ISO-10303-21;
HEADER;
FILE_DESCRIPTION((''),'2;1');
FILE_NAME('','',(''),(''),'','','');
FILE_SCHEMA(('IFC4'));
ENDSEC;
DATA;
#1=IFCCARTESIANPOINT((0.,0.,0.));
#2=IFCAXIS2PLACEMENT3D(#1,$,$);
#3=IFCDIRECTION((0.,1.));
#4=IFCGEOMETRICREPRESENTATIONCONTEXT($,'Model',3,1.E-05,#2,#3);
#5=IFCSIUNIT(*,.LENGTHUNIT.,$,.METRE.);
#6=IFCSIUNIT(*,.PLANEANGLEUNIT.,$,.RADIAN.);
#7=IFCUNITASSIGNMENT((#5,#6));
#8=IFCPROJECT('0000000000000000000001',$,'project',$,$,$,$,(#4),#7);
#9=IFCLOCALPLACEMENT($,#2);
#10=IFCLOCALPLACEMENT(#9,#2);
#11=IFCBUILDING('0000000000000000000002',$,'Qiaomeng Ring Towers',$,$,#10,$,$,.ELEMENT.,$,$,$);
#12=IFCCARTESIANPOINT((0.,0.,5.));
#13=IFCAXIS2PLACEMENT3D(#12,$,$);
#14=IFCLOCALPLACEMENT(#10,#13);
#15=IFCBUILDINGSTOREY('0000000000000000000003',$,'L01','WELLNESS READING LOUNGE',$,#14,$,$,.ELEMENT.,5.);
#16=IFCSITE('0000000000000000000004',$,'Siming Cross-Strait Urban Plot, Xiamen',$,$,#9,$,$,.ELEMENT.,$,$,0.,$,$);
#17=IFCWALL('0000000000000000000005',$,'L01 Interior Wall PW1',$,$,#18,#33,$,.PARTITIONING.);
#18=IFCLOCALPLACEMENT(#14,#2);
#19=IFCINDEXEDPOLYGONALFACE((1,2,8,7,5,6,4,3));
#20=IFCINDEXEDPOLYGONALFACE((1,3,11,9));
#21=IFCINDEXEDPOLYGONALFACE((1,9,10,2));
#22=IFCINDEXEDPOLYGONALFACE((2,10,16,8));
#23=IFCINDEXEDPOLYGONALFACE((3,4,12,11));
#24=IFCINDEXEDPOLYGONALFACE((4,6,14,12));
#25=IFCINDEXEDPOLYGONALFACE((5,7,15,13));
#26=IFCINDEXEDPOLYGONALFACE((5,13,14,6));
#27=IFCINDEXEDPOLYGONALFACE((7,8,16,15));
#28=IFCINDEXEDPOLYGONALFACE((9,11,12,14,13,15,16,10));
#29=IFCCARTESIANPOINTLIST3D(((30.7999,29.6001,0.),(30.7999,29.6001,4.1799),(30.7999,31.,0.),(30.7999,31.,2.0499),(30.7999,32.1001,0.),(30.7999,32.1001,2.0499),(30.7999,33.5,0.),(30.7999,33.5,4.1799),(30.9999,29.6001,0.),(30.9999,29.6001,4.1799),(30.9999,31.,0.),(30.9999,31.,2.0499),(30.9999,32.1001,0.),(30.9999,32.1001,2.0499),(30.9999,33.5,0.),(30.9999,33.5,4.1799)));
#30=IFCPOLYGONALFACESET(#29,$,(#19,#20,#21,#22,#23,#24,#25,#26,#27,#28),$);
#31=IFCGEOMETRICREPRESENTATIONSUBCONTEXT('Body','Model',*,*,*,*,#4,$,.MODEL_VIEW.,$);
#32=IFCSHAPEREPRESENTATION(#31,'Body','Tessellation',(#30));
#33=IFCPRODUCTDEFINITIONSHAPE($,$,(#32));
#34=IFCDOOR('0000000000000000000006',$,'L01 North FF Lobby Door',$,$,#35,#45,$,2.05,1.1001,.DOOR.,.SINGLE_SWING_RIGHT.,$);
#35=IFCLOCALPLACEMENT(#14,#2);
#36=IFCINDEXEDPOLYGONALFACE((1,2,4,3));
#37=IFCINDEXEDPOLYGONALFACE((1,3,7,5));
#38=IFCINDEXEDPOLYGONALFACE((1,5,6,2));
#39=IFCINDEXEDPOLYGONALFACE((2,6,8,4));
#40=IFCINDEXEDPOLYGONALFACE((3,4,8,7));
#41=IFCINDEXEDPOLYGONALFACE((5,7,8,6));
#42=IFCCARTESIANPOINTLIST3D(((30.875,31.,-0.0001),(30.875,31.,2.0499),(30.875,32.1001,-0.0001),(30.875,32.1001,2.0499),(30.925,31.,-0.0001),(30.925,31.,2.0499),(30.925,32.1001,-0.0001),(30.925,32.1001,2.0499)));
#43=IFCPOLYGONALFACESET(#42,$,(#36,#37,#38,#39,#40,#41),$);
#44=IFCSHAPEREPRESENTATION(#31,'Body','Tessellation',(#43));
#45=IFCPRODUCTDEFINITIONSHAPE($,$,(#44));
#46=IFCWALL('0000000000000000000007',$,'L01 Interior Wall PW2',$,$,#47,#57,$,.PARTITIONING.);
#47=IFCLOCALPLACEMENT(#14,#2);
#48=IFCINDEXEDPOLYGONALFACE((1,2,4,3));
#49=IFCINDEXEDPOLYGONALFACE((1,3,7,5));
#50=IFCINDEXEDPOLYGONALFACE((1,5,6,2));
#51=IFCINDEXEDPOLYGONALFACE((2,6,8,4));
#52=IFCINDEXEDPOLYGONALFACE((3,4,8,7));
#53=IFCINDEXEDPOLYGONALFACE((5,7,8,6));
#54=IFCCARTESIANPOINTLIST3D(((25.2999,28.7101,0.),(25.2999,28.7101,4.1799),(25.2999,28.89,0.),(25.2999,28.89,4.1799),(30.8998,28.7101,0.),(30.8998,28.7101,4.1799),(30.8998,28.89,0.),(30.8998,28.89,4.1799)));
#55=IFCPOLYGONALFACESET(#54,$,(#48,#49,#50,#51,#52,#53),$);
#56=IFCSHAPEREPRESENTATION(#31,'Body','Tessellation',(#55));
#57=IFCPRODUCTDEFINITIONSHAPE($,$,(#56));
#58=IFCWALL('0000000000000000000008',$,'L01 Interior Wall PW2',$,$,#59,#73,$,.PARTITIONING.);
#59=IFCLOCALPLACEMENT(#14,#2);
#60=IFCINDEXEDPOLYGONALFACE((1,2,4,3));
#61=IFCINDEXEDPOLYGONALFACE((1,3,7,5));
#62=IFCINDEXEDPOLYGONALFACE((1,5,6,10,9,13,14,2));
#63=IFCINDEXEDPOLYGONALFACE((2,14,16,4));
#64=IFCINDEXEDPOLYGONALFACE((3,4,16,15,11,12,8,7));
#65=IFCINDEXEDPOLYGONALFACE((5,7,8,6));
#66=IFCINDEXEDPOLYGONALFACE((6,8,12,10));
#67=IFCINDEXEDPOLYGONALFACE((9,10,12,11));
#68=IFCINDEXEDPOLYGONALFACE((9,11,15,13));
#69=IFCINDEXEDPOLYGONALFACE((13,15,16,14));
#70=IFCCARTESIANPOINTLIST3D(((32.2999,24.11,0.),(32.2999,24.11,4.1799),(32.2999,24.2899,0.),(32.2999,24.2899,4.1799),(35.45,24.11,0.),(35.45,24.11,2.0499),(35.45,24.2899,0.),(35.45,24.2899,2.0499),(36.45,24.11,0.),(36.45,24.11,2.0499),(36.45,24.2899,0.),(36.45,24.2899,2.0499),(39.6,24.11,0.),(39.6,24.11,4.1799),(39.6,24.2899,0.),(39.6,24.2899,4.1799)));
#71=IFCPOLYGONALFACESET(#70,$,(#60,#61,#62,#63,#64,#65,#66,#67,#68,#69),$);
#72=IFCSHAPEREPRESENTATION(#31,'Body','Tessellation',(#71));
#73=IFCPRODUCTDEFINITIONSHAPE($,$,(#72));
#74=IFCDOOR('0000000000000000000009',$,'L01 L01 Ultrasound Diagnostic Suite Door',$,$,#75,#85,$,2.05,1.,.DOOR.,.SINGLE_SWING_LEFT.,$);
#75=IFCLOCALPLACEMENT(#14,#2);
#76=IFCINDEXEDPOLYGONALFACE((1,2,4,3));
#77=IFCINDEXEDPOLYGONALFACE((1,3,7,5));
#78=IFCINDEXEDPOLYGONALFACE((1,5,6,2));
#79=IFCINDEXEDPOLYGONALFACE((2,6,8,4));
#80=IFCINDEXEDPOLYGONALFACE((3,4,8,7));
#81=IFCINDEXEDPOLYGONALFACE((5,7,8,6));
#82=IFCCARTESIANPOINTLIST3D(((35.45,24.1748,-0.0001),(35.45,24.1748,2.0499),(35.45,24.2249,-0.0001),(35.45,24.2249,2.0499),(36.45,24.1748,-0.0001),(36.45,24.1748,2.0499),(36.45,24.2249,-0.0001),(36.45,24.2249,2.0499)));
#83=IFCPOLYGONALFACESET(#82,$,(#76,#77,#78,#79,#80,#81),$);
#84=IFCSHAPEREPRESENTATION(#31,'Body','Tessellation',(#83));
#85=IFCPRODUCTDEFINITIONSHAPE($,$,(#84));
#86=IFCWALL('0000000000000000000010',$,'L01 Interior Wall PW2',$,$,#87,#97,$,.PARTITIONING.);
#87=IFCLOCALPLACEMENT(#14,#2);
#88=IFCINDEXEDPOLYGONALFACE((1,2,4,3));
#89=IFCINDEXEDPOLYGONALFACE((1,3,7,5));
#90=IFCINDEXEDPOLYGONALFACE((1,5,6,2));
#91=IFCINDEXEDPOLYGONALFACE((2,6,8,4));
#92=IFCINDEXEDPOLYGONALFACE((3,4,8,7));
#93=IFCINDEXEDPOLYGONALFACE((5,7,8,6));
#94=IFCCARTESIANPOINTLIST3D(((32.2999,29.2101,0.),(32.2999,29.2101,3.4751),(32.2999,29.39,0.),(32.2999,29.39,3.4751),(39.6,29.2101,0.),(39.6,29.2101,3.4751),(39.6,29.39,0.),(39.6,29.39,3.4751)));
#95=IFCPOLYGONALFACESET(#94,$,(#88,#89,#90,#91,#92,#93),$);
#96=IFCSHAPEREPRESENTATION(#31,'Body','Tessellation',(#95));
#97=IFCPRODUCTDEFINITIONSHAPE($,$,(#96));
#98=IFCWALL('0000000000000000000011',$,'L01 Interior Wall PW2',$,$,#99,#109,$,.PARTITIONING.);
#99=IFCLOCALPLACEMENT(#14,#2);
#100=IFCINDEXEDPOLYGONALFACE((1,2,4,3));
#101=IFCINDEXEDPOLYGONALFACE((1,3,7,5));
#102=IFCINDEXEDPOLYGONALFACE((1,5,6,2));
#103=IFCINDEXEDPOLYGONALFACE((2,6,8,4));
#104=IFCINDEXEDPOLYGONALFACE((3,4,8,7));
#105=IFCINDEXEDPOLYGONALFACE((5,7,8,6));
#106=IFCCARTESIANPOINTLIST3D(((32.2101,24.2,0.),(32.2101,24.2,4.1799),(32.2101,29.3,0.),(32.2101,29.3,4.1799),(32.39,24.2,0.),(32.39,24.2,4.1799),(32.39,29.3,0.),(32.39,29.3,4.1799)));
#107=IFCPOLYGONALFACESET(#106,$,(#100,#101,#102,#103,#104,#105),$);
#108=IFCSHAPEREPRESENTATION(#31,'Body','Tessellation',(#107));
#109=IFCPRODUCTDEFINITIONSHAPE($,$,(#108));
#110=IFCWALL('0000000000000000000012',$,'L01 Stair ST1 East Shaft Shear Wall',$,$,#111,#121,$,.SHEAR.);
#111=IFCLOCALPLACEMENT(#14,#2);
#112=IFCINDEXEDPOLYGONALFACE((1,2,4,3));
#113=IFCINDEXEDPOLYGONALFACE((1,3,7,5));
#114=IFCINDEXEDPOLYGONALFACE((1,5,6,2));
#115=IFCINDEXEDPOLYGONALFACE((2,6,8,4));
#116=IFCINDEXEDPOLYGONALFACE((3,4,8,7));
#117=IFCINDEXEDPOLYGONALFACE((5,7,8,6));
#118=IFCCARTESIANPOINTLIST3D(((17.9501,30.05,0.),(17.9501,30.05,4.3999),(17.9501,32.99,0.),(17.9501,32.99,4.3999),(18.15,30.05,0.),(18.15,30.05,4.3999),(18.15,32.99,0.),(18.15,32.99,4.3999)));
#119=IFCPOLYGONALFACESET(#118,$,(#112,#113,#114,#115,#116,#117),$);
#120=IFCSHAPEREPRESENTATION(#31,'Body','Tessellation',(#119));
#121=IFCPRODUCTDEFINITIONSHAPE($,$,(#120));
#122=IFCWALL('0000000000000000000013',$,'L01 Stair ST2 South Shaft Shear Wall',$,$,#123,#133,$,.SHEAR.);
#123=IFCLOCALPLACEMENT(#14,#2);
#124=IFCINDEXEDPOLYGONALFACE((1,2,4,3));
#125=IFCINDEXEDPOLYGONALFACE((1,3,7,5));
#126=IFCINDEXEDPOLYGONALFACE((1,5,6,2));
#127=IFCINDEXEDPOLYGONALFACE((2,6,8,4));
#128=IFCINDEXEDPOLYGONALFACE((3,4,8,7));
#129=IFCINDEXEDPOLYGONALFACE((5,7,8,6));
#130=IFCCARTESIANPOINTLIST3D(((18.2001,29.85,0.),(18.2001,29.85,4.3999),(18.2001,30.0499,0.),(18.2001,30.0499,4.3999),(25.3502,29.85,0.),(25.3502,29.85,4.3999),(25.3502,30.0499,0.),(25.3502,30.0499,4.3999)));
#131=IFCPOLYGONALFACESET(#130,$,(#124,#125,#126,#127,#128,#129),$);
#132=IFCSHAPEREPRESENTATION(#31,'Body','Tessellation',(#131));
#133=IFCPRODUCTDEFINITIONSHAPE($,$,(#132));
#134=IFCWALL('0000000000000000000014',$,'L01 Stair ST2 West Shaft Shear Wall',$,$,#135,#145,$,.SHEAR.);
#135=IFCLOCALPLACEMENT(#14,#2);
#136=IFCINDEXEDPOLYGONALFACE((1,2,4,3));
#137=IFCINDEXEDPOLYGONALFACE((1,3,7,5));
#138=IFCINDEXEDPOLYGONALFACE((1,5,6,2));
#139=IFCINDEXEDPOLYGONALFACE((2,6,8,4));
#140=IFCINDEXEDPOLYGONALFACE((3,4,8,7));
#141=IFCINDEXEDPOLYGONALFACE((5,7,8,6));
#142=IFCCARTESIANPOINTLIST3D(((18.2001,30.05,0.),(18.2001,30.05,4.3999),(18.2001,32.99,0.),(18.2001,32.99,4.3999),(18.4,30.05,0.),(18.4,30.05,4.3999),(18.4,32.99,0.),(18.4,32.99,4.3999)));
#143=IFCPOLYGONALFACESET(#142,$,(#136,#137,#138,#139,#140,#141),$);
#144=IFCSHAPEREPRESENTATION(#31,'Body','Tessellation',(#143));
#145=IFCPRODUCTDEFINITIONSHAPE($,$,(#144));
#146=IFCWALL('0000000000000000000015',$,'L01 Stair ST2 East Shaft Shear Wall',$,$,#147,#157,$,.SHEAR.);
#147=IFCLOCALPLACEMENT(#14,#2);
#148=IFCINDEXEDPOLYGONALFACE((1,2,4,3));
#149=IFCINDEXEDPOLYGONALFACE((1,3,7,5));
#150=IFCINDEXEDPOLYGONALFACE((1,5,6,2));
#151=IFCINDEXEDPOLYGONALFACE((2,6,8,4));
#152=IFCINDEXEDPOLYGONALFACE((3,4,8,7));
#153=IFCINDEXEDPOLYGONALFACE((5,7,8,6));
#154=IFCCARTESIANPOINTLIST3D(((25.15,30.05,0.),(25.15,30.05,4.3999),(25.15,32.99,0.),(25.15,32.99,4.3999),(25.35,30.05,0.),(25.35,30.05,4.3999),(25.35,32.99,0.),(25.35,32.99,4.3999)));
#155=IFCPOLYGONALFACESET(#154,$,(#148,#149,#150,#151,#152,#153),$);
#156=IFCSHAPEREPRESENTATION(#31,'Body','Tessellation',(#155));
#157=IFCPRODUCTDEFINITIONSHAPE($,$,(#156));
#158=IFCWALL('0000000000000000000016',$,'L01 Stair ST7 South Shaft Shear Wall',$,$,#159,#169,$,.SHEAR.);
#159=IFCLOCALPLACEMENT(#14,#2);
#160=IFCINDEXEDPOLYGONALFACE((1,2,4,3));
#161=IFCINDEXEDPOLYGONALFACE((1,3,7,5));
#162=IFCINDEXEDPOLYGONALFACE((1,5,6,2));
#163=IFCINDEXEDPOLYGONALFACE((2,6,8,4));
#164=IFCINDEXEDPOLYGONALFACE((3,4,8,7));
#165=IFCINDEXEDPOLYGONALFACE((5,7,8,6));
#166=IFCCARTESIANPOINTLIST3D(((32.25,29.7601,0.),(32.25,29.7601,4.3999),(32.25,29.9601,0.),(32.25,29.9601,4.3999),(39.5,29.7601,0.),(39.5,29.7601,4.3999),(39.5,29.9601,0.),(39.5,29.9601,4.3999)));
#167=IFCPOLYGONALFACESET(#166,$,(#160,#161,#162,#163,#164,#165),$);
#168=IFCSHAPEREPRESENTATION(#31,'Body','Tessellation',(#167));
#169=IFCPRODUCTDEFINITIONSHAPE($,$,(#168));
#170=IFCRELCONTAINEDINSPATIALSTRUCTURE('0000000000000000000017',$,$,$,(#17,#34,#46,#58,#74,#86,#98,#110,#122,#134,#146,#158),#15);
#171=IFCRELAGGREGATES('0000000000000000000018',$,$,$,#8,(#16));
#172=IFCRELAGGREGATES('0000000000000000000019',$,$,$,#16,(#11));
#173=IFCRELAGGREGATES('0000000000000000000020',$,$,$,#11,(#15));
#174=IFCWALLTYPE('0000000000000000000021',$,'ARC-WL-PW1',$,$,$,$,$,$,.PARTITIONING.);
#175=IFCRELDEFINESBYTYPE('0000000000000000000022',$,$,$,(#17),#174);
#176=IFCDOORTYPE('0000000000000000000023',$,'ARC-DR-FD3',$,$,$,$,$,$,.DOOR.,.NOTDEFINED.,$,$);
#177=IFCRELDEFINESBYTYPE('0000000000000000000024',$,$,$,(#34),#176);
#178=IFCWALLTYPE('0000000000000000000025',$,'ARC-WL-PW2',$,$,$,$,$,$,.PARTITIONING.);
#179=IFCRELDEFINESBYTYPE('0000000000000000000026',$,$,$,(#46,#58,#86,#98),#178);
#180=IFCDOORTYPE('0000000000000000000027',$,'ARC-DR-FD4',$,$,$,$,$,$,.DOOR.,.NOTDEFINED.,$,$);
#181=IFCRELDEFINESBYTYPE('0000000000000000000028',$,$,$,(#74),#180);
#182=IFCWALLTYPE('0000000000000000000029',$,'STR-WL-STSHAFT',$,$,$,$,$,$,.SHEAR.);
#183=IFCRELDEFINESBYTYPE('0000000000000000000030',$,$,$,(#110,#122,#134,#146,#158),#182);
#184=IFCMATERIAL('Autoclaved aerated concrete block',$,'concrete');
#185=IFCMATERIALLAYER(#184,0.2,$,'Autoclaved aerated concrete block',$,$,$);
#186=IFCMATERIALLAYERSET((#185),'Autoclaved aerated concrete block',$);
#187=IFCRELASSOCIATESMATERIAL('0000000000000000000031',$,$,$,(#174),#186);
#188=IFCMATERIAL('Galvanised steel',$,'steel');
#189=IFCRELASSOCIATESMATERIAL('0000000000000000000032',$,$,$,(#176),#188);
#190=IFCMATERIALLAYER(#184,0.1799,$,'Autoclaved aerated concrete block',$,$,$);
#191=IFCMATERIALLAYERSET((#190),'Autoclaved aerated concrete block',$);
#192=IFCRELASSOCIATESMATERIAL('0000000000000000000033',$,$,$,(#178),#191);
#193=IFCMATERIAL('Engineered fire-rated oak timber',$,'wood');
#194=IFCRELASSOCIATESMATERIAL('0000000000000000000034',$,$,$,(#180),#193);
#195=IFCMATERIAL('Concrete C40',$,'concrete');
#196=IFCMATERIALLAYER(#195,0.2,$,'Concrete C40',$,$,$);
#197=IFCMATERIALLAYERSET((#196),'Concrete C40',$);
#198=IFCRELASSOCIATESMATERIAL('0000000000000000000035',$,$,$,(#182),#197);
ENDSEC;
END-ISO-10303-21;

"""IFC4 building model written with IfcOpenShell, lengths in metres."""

from ifc_helpers import new_model, si_unit, direction, frame, frame_2d, origin, place, context, subcontext, project, spatial, rectangle, extrude, source, transform, mapped, material, layer, layer_set, type_object, element, fill, save


model = new_model("IFC4")

# Units and contexts
model_context = context("Model", 3, precision=1e-05, world=origin(), true_north=direction((0.0, 1.0)))
body_context = subcontext(model_context, "Body", "Model", "MODEL_VIEW")
ifc_project = project(units=[si_unit("LENGTHUNIT", "METRE"), si_unit("PLANEANGLEUNIT", "RADIAN")], contexts=[model_context])

# Site, building, storey
site_placement = place(None, origin())
site = spatial("IfcSite", under=ifc_project, at=site_placement, Name="Siming Cross-Strait Urban Plot, Xiamen", CompositionType="ELEMENT", RefElevation=0.0)
building_placement = place(site_placement, origin())
building = spatial("IfcBuilding", under=site, at=building_placement, Name="Qiaomeng Ring Towers", CompositionType="ELEMENT")
storey_placement = place(building_placement, frame((0.0, 0.0, 5.0)))
storey = spatial("IfcBuildingStorey", under=building, at=storey_placement, Name="L01", Description="WELLNESS READING LOUNGE", CompositionType="ELEMENT", Elevation=5.0)

# Shared definitions
ifc_material_1 = material(Name="Autoclaved aerated concrete block", Category="concrete")
ifc_layer_1 = layer(ifc_material_1, 0.2, Name="Autoclaved aerated concrete block")
ifc_layer_set_1 = layer_set([ifc_layer_1], Name="Autoclaved aerated concrete block")
wall_type_1 = type_object("IfcWallType", Name="ARC-WL-PW1", PredefinedType="PARTITIONING", material=ifc_layer_set_1)

# Wall, opening, door
wall_1_placement = place(storey_placement, frame((30.8999, 29.6001, 0.0), z_axis=(0.0, 0.0, 1.0), x_axis=(0.0, 1.0, 0.0)))
wall_1 = element("IfcWall", 1, at=wall_1_placement, inside=storey, type_object=wall_type_1, Name="L01 Interior Wall PW1", PredefinedType="PARTITIONING", context=body_context, shape_type="SweptSolid", body=[
    extrude(rectangle(XDim=3.8999, YDim=0.2, at=frame_2d((1.95, 0.0))), origin(), (0.0, 0.0, 1.0), 4.1799),
])
opening_1_placement = place(wall_1_placement, frame((1.3999, 0.0, 0.0)))
opening_1 = element("IfcOpeningElement", 2, at=opening_1_placement, cuts=wall_1, PredefinedType="OPENING", context=body_context, shape_type="SweptSolid", body=[
    extrude(rectangle(XDim=1.1001, YDim=2.05, at=frame_2d((0.55, 1.0249))), frame((0.0, 0.1099, 0.0), z_axis=(0.0, -1.0, 0.0), x_axis=(1.0, 0.0, 0.0)), (0.0, 0.0, 1.0), 0.22),
])
ifc_material_2 = material(Name="Galvanised steel", Category="steel")
door_type_1 = type_object("IfcDoorType", Name="ARC-DR-FD3", OperationType="NOTDEFINED", PredefinedType="DOOR", material=ifc_material_2)
shared_shape_1 = source(origin(), body_context, "Body", "SweptSolid", [
    extrude(rectangle(XDim=1.1001, YDim=2.05, at=frame_2d((0.55, 1.0249))), frame((0.0, 0.0249, 0.0), z_axis=(0.0, -1.0, 0.0), x_axis=(1.0, 0.0, 0.0)), (0.0, 0.0, 1.0), 0.05),
])
door_1_placement = place(opening_1_placement, origin())
door_1 = element("IfcDoor", 3, at=door_1_placement, inside=storey, type_object=door_type_1, Name="L01 North FF Lobby Door", OperationType="SINGLE_SWING_RIGHT", OverallHeight=2.05, OverallWidth=1.1001, PredefinedType="DOOR", context=body_context, shape_type="MappedRepresentation", body=[
    mapped(shared_shape_1, transform((0.0, 0.0, 0.0), x_axis=(1.0, 0.0, 0.0), y_axis=(0.0, 1.0, 0.0), z_axis=(0.0, 0.0, 1.0), scale=1.0)),
])
fill(opening_1, door_1)

# Wall
ifc_layer_2 = layer(ifc_material_1, 0.1799, Name="Autoclaved aerated concrete block")
ifc_layer_set_2 = layer_set([ifc_layer_2], Name="Autoclaved aerated concrete block")
wall_type_2 = type_object("IfcWallType", Name="ARC-WL-PW2", PredefinedType="PARTITIONING", material=ifc_layer_set_2)
wall_2_placement = place(storey_placement, frame((25.3, 28.8, 0.0), z_axis=(0.0, 0.0, 1.0), x_axis=(1.0, 0.0, 0.0)))
element("IfcWall", 4, at=wall_2_placement, inside=storey, type_object=wall_type_2, Name="L01 Interior Wall PW2", PredefinedType="PARTITIONING", context=body_context, shape_type="SweptSolid", body=[
    extrude(rectangle(XDim=5.5999, YDim=0.1799, at=frame_2d((2.7998, 0.0))), origin(), (0.0, 0.0, 1.0), 4.1799),
])

# Wall, opening, door
wall_3_placement = place(storey_placement, frame((32.3, 24.2, 0.0), z_axis=(0.0, 0.0, 1.0), x_axis=(1.0, 0.0, 0.0)))
wall_3 = element("IfcWall", 5, at=wall_3_placement, inside=storey, type_object=wall_type_2, Name="L01 Interior Wall PW2", PredefinedType="PARTITIONING", context=body_context, shape_type="SweptSolid", body=[
    extrude(rectangle(XDim=7.3, YDim=0.1799, at=frame_2d((3.6499, 0.0))), origin(), (0.0, 0.0, 1.0), 4.1799),
])
opening_2_placement = place(wall_3_placement, frame((3.1499, 0.0, 0.0)))
opening_2 = element("IfcOpeningElement", 6, at=opening_2_placement, cuts=wall_3, PredefinedType="OPENING", context=body_context, shape_type="SweptSolid", body=[
    extrude(rectangle(XDim=1.0, YDim=2.05, at=frame_2d((0.5, 1.0249))), frame((0.0, 0.0999, 0.0), z_axis=(0.0, -1.0, 0.0), x_axis=(1.0, 0.0, 0.0)), (0.0, 0.0, 1.0), 0.2),
])
ifc_material_3 = material(Name="Engineered fire-rated oak timber", Category="wood")
door_type_2 = type_object("IfcDoorType", Name="ARC-DR-FD4", OperationType="NOTDEFINED", PredefinedType="DOOR", material=ifc_material_3)
shared_shape_2 = source(origin(), body_context, "Body", "SweptSolid", [
    extrude(rectangle(XDim=1.0, YDim=2.05, at=frame_2d((0.5, 1.0249))), frame((0.0, 0.0249, 0.0), z_axis=(0.0, -1.0, 0.0), x_axis=(1.0, 0.0, 0.0)), (0.0, 0.0, 1.0), 0.05),
])
door_2_placement = place(opening_2_placement, origin())
door_2 = element("IfcDoor", 7, at=door_2_placement, inside=storey, type_object=door_type_2, Name="L01 L01 Ultrasound Diagnostic Suite Door", OperationType="SINGLE_SWING_LEFT", OverallHeight=2.05, OverallWidth=1.0, PredefinedType="DOOR", context=body_context, shape_type="MappedRepresentation", body=[
    mapped(shared_shape_2, transform((0.0, 0.0, 0.0), x_axis=(1.0, 0.0, 0.0), y_axis=(0.0, 1.0, 0.0), z_axis=(0.0, 0.0, 1.0), scale=1.0)),
])
fill(opening_2, door_2)

# Walls
wall_4_placement = place(storey_placement, frame((32.3, 29.3, 0.0), z_axis=(0.0, 0.0, 1.0), x_axis=(1.0, 0.0, 0.0)))
element("IfcWall", 8, at=wall_4_placement, inside=storey, type_object=wall_type_2, Name="L01 Interior Wall PW2", PredefinedType="PARTITIONING", context=body_context, shape_type="SweptSolid", body=[
    extrude(rectangle(XDim=7.3, YDim=0.1799, at=frame_2d((3.6499, 0.0))), origin(), (0.0, 0.0, 1.0), 3.4751),
])
wall_5_placement = place(storey_placement, frame((32.3, 24.2, 0.0), z_axis=(0.0, 0.0, 1.0), x_axis=(0.0, 1.0, 0.0)))
element("IfcWall", 9, at=wall_5_placement, inside=storey, type_object=wall_type_2, Name="L01 Interior Wall PW2", PredefinedType="PARTITIONING", context=body_context, shape_type="SweptSolid", body=[
    extrude(rectangle(XDim=5.1001, YDim=0.1799, at=frame_2d((2.55, 0.0))), origin(), (0.0, 0.0, 1.0), 4.1799),
])
ifc_material_4 = material(Name="Concrete C40", Category="concrete")
ifc_layer_3 = layer(ifc_material_4, 0.2, Name="Concrete C40")
ifc_layer_set_3 = layer_set([ifc_layer_3], Name="Concrete C40")
wall_type_3 = type_object("IfcWallType", Name="STR-WL-STSHAFT", PredefinedType="SHEAR", material=ifc_layer_set_3)
wall_6_placement = place(storey_placement, frame((18.05, 30.05, 0.0), z_axis=(0.0, 0.0, 1.0), x_axis=(0.0, 1.0, 0.0)))
element("IfcWall", 10, at=wall_6_placement, inside=storey, type_object=wall_type_3, Name="L01 Stair ST1 East Shaft Shear Wall", PredefinedType="SHEAR", context=body_context, shape_type="SweptSolid", body=[
    extrude(rectangle(XDim=2.9399, YDim=0.2, at=frame_2d((1.47, 0.0))), origin(), (0.0, 0.0, 1.0), 4.3999),
])
wall_7_placement = place(storey_placement, frame((18.2, 29.95, 0.0), z_axis=(0.0, 0.0, 1.0), x_axis=(1.0, 0.0, 0.0)))
element("IfcWall", 11, at=wall_7_placement, inside=storey, type_object=wall_type_3, Name="L01 Stair ST2 South Shaft Shear Wall", PredefinedType="SHEAR", context=body_context, shape_type="SweptSolid", body=[
    extrude(rectangle(XDim=7.1501, YDim=0.2, at=frame_2d((3.5752, 0.0))), origin(), (0.0, 0.0, 1.0), 4.3999),
])
for number, where, z_axis, x_axis, name in (
    (12, (18.3, 30.05, 0.0), (0.0, 0.0, 1.0), (0.0, 1.0, 0.0), "L01 Stair ST2 West Shaft Shear Wall"),
    (13, (25.25, 30.05, 0.0), (0.0, 0.0, 1.0), (0.0, 1.0, 0.0), "L01 Stair ST2 East Shaft Shear Wall"),
):
    element("IfcWall", number, at=place(storey_placement, frame(where, z_axis=z_axis, x_axis=x_axis)), inside=storey, type_object=wall_type_3, Name=name, PredefinedType="SHEAR", context=body_context, shape_type="SweptSolid", body=[
        extrude(rectangle(XDim=2.9399, YDim=0.2, at=frame_2d((1.47, 0.0))), origin(), (0.0, 0.0, 1.0), 4.3999),
    ])
wall_8_placement = place(storey_placement, frame((32.25, 29.8601, 0.0), z_axis=(0.0, 0.0, 1.0), x_axis=(1.0, 0.0, 0.0)))
element("IfcWall", 14, at=wall_8_placement, inside=storey, type_object=wall_type_3, Name="L01 Stair ST7 South Shaft Shear Wall", PredefinedType="SHEAR", context=body_context, shape_type="SweptSolid", body=[
    extrude(rectangle(XDim=7.25, YDim=0.2, at=frame_2d((3.625, 0.0))), origin(), (0.0, 0.0, 1.0), 4.3999),
])

save(model, "model.ifc")
